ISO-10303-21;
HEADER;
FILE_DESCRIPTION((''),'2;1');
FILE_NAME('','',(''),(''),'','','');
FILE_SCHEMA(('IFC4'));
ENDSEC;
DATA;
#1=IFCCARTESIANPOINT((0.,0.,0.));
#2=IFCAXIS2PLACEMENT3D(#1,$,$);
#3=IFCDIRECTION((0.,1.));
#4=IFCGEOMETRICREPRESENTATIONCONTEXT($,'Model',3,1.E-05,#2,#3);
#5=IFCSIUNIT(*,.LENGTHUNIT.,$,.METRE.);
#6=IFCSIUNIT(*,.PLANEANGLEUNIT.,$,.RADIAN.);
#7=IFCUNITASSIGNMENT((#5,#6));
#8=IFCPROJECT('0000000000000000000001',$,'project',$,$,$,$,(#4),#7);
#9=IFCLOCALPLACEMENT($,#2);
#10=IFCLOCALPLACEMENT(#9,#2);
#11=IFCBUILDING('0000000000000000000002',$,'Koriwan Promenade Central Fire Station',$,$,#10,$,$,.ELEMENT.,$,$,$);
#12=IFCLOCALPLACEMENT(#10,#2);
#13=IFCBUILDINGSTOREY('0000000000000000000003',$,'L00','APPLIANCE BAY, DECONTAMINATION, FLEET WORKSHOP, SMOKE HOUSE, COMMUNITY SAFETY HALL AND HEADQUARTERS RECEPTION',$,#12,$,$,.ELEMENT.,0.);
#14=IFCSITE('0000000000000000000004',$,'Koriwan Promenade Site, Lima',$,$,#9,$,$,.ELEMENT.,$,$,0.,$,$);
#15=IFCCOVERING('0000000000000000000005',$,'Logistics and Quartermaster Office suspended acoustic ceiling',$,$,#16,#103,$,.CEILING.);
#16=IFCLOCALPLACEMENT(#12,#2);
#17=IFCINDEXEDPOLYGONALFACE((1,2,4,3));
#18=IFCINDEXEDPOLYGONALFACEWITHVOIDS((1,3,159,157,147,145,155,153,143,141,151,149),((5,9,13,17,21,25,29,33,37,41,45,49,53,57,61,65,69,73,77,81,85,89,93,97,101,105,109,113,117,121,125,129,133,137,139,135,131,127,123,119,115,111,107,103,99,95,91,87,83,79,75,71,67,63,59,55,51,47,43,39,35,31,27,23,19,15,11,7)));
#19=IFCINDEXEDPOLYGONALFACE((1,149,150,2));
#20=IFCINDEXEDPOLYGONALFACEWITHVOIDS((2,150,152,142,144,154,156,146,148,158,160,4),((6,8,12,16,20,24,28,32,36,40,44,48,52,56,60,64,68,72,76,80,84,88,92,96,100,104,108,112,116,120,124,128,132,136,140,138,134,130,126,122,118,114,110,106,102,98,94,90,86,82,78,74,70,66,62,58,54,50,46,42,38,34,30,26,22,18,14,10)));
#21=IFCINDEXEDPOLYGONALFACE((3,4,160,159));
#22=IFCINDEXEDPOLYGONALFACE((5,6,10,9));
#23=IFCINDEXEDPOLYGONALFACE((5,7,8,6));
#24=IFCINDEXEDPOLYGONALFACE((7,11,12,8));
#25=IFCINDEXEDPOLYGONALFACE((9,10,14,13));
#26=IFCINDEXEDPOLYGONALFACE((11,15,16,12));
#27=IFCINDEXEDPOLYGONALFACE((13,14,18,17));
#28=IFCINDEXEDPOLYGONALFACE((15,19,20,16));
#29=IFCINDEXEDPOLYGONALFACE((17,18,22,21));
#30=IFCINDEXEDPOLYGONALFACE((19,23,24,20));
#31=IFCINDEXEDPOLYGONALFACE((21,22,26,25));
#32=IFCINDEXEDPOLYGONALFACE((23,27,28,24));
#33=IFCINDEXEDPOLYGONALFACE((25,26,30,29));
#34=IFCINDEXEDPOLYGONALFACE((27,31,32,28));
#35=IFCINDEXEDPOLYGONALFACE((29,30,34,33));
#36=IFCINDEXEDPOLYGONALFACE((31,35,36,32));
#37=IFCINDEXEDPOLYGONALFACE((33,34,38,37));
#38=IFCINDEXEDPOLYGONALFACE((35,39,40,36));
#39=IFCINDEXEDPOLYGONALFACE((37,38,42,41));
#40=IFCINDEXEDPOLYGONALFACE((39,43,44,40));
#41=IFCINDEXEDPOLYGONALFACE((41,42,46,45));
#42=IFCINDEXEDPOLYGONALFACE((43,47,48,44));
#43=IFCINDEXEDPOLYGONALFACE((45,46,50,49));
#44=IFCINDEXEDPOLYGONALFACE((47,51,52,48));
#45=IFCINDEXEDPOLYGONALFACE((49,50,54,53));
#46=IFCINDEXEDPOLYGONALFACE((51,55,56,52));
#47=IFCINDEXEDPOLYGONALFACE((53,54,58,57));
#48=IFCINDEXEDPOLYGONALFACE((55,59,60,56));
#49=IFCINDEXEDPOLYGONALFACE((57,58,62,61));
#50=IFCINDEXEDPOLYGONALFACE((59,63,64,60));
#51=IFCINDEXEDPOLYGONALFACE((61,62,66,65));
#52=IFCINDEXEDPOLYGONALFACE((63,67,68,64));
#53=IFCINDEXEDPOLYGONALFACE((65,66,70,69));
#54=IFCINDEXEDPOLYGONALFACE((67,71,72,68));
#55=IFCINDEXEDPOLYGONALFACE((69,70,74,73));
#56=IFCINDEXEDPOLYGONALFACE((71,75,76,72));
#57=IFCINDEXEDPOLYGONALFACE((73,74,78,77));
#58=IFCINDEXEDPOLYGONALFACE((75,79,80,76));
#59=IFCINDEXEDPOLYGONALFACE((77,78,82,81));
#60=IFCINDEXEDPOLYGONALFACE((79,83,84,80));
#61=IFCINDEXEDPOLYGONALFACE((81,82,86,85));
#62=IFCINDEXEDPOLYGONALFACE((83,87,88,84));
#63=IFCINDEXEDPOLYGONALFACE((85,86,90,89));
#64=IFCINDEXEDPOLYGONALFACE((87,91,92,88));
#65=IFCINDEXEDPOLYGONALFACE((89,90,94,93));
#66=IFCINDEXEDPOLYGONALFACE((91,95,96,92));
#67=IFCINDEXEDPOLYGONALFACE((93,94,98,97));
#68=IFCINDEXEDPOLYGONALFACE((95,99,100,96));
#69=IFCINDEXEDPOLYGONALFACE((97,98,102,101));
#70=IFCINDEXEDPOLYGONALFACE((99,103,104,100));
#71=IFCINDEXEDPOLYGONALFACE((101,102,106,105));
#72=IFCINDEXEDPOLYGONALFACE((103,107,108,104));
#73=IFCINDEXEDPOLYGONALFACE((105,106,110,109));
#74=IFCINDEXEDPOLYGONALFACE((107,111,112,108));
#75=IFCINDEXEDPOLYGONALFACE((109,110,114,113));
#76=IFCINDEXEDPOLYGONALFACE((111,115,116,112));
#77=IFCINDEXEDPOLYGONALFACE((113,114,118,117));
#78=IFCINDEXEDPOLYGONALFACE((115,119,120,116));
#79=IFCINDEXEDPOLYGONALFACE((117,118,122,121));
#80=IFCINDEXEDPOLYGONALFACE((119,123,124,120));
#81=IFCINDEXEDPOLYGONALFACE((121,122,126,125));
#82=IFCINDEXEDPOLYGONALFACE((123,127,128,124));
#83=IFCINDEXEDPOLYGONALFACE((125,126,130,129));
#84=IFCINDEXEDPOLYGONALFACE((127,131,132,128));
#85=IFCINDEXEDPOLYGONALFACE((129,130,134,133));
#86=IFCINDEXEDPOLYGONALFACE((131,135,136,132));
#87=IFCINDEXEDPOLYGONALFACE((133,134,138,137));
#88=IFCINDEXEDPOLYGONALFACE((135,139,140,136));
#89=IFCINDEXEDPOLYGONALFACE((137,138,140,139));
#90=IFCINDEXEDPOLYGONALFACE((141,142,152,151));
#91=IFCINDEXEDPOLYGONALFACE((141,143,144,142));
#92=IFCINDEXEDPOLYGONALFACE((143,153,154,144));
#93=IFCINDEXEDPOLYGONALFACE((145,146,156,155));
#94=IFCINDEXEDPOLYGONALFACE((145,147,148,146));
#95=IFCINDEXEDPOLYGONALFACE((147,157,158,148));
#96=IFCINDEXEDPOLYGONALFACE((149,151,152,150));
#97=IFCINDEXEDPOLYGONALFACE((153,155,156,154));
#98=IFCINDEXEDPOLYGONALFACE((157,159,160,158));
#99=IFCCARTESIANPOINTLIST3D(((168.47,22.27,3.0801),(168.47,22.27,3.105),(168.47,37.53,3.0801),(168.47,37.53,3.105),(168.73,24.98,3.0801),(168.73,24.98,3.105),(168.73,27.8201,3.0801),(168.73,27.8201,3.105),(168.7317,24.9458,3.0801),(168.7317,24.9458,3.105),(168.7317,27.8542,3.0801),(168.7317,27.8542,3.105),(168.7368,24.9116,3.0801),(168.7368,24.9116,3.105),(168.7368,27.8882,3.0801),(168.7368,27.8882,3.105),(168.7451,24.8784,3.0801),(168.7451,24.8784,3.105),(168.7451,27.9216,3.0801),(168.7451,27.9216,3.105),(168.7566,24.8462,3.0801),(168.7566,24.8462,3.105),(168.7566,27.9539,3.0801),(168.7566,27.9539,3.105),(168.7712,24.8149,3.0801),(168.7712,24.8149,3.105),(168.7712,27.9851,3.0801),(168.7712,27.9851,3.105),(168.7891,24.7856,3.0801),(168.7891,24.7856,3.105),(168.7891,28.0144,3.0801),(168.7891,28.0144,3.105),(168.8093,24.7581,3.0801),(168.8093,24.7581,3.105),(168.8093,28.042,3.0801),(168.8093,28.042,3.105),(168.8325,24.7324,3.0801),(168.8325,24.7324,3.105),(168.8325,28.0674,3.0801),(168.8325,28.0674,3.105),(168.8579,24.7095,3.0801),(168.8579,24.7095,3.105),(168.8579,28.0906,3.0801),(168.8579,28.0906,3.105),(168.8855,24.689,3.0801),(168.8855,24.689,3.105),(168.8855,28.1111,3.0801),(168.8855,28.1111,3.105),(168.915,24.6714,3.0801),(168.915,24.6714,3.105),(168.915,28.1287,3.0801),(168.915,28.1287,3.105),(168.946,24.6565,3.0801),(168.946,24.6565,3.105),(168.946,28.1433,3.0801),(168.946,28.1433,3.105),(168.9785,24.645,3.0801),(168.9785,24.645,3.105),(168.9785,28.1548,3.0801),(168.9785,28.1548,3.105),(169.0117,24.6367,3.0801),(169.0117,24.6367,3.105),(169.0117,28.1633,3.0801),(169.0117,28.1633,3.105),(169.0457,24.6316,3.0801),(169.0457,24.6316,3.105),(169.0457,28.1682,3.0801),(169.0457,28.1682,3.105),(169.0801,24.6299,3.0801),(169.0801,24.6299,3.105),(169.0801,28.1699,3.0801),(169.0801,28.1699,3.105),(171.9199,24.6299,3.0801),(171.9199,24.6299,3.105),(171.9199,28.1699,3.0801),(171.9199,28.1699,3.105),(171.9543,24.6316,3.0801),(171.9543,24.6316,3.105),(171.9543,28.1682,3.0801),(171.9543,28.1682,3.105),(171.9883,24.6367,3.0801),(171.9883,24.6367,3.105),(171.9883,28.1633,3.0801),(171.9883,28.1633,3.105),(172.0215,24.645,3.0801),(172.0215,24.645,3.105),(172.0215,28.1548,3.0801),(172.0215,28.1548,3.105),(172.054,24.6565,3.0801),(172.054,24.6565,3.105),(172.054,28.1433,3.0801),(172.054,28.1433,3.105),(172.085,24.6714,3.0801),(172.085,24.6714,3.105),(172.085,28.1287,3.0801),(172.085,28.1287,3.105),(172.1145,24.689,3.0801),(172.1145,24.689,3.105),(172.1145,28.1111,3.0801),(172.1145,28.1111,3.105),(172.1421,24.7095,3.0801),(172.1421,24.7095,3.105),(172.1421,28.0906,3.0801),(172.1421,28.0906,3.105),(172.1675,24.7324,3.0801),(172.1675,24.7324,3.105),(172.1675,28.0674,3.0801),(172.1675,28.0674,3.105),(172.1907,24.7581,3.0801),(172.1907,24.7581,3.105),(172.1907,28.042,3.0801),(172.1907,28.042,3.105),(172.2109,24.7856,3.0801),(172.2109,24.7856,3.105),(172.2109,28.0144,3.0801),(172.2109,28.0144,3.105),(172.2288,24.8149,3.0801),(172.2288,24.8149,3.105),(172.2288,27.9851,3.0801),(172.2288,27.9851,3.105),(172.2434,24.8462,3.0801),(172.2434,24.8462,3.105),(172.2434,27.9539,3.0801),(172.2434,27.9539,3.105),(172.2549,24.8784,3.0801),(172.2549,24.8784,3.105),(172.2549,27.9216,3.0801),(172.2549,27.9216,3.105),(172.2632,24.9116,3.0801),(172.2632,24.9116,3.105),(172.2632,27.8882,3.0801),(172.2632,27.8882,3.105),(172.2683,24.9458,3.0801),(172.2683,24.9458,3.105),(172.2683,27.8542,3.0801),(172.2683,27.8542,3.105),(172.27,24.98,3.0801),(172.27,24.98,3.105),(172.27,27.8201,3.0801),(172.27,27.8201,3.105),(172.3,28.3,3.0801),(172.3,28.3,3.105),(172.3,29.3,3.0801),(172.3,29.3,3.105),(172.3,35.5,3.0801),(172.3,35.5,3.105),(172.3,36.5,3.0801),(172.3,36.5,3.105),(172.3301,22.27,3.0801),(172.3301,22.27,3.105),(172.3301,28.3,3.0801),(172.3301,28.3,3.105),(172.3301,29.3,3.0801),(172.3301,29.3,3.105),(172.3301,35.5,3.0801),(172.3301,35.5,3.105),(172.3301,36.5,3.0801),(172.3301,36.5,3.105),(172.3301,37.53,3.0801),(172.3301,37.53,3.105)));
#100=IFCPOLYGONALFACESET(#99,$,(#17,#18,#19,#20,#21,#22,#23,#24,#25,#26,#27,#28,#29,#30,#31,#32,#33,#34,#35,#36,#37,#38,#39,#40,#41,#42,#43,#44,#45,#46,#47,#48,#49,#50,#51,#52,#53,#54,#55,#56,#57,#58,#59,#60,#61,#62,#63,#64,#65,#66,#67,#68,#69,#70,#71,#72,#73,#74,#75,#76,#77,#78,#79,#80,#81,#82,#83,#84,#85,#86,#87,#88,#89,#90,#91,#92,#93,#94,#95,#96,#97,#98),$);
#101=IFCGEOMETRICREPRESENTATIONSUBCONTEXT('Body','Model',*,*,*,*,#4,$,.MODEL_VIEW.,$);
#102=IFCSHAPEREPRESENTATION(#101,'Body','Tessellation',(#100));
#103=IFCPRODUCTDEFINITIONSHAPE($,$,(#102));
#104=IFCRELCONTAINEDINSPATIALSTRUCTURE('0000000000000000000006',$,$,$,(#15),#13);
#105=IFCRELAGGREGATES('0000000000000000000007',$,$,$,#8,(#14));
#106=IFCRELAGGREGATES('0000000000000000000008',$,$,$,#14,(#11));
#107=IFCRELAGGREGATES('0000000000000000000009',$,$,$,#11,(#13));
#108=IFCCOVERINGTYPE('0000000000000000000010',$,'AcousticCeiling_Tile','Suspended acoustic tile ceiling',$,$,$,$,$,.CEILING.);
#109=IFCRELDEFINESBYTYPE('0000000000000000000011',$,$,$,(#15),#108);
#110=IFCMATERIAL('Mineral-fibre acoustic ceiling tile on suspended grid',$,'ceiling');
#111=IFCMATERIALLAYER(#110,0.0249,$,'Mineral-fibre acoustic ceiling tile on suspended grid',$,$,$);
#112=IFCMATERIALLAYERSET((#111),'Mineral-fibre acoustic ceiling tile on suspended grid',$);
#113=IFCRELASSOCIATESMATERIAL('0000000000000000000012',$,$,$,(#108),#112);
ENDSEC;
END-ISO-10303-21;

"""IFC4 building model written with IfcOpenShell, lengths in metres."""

from ifc_helpers import new_model, si_unit, direction, frame, origin, place, context, subcontext, project, spatial, polyline, outline, extrude, material, layer, layer_set, type_object, element, save


model = new_model("IFC4")

# Units and contexts
model_context = context("Model", 3, precision=1e-05, world=origin(), true_north=direction((0.0, 1.0)))
body_context = subcontext(model_context, "Body", "Model", "MODEL_VIEW")
ifc_project = project(units=[si_unit("LENGTHUNIT", "METRE"), si_unit("PLANEANGLEUNIT", "RADIAN")], contexts=[model_context])

# Site, building, storey
site_placement = place(None, origin())
site = spatial("IfcSite", under=ifc_project, at=site_placement, Name="Koriwan Promenade Site, Lima", CompositionType="ELEMENT", RefElevation=0.0)
building_placement = place(site_placement, origin())
building = spatial("IfcBuilding", under=site, at=building_placement, Name="Koriwan Promenade Central Fire Station", CompositionType="ELEMENT")
storey_placement = place(building_placement, origin())
storey = spatial("IfcBuildingStorey", under=building, at=storey_placement, Name="L00", Description="APPLIANCE BAY, DECONTAMINATION, FLEET WORKSHOP, SMOKE HOUSE, COMMUNITY SAFETY HALL AND HEADQUARTERS RECEPTION", CompositionType="ELEMENT", Elevation=0.0)

# Covering
ifc_material_1 = material(Name="Mineral-fibre acoustic ceiling tile on suspended grid", Category="ceiling")
ifc_layer_1 = layer(ifc_material_1, 0.0249, Name="Mineral-fibre acoustic ceiling tile on suspended grid")
ifc_layer_set_1 = layer_set([ifc_layer_1], Name="Mineral-fibre acoustic ceiling tile on suspended grid")
covering_type = type_object("IfcCoveringType", Name="AcousticCeiling_Tile", Description="Suspended acoustic tile ceiling", PredefinedType="CEILING", material=ifc_layer_set_1)
covering_1_placement = place(storey_placement, frame((0.0, 0.0, 3.0801)))
element("IfcCovering", 1, at=covering_1_placement, inside=storey, type_object=covering_type, Name="Logistics and Quartermaster Office suspended acoustic ceiling", PredefinedType="CEILING", context=body_context, shape_type="SweptSolid", body=[
    extrude(outline(polyline([(168.47, 22.27), (168.47, 37.53), (172.3301, 37.53), (172.3301, 36.5), (172.3, 36.5), (172.3, 35.5), (172.3301, 35.5), (172.3301, 29.3), (172.3, 29.3), (172.3, 28.3), (172.3301, 28.3), (172.3301, 22.27), (168.47, 22.27)]), holes=[polyline([(172.2288, 27.9851), (172.2109, 28.0144), (172.1907, 28.042), (172.1675, 28.0674), (172.1421, 28.0906), (172.1145, 28.1111), (172.085, 28.1287), (172.054, 28.1433), (172.0215, 28.1548), (171.9883, 28.1633), (171.9543, 28.1682), (171.9199, 28.1699), (169.0801, 28.1699), (169.0457, 28.1682), (169.0117, 28.1633), (168.9785, 28.1548), (168.946, 28.1433), (168.915, 28.1287), (168.8855, 28.1111), (168.8579, 28.0906), (168.8325, 28.0674), (168.8093, 28.042), (168.7891, 28.0144), (168.7712, 27.9851), (168.7566, 27.9539), (168.7451, 27.9216), (168.7368, 27.8882), (168.7317, 27.8542), (168.73, 27.8201), (168.73, 24.98), (168.7317, 24.9458), (168.7368, 24.9116), (168.7451, 24.8784), (168.7566, 24.8462), (168.7712, 24.8149), (168.7891, 24.7856), (168.8093, 24.7581), (168.8325, 24.7324), (168.8579, 24.7095), (168.8855, 24.689), (168.915, 24.6714), (168.946, 24.6565), (168.9785, 24.645), (169.0117, 24.6367), (169.0457, 24.6316), (169.0801, 24.6299), (171.9199, 24.6299), (171.9543, 24.6316), (171.9883, 24.6367), (172.0215, 24.645), (172.054, 24.6565), (172.085, 24.6714), (172.1145, 24.689), (172.1421, 24.7095), (172.1675, 24.7324), (172.1907, 24.7581), (172.2109, 24.7856), (172.2288, 24.8149), (172.2434, 24.8462), (172.2549, 24.8784), (172.2632, 24.9116), (172.2683, 24.9458), (172.27, 24.98), (172.27, 27.8201), (172.2683, 27.8542), (172.2632, 27.8882), (172.2549, 27.9216), (172.2434, 27.9539), (172.2288, 27.9851)])]), origin(), (0.0, 0.0, 1.0), 0.0249),
])

save(model, "model.ifc")
